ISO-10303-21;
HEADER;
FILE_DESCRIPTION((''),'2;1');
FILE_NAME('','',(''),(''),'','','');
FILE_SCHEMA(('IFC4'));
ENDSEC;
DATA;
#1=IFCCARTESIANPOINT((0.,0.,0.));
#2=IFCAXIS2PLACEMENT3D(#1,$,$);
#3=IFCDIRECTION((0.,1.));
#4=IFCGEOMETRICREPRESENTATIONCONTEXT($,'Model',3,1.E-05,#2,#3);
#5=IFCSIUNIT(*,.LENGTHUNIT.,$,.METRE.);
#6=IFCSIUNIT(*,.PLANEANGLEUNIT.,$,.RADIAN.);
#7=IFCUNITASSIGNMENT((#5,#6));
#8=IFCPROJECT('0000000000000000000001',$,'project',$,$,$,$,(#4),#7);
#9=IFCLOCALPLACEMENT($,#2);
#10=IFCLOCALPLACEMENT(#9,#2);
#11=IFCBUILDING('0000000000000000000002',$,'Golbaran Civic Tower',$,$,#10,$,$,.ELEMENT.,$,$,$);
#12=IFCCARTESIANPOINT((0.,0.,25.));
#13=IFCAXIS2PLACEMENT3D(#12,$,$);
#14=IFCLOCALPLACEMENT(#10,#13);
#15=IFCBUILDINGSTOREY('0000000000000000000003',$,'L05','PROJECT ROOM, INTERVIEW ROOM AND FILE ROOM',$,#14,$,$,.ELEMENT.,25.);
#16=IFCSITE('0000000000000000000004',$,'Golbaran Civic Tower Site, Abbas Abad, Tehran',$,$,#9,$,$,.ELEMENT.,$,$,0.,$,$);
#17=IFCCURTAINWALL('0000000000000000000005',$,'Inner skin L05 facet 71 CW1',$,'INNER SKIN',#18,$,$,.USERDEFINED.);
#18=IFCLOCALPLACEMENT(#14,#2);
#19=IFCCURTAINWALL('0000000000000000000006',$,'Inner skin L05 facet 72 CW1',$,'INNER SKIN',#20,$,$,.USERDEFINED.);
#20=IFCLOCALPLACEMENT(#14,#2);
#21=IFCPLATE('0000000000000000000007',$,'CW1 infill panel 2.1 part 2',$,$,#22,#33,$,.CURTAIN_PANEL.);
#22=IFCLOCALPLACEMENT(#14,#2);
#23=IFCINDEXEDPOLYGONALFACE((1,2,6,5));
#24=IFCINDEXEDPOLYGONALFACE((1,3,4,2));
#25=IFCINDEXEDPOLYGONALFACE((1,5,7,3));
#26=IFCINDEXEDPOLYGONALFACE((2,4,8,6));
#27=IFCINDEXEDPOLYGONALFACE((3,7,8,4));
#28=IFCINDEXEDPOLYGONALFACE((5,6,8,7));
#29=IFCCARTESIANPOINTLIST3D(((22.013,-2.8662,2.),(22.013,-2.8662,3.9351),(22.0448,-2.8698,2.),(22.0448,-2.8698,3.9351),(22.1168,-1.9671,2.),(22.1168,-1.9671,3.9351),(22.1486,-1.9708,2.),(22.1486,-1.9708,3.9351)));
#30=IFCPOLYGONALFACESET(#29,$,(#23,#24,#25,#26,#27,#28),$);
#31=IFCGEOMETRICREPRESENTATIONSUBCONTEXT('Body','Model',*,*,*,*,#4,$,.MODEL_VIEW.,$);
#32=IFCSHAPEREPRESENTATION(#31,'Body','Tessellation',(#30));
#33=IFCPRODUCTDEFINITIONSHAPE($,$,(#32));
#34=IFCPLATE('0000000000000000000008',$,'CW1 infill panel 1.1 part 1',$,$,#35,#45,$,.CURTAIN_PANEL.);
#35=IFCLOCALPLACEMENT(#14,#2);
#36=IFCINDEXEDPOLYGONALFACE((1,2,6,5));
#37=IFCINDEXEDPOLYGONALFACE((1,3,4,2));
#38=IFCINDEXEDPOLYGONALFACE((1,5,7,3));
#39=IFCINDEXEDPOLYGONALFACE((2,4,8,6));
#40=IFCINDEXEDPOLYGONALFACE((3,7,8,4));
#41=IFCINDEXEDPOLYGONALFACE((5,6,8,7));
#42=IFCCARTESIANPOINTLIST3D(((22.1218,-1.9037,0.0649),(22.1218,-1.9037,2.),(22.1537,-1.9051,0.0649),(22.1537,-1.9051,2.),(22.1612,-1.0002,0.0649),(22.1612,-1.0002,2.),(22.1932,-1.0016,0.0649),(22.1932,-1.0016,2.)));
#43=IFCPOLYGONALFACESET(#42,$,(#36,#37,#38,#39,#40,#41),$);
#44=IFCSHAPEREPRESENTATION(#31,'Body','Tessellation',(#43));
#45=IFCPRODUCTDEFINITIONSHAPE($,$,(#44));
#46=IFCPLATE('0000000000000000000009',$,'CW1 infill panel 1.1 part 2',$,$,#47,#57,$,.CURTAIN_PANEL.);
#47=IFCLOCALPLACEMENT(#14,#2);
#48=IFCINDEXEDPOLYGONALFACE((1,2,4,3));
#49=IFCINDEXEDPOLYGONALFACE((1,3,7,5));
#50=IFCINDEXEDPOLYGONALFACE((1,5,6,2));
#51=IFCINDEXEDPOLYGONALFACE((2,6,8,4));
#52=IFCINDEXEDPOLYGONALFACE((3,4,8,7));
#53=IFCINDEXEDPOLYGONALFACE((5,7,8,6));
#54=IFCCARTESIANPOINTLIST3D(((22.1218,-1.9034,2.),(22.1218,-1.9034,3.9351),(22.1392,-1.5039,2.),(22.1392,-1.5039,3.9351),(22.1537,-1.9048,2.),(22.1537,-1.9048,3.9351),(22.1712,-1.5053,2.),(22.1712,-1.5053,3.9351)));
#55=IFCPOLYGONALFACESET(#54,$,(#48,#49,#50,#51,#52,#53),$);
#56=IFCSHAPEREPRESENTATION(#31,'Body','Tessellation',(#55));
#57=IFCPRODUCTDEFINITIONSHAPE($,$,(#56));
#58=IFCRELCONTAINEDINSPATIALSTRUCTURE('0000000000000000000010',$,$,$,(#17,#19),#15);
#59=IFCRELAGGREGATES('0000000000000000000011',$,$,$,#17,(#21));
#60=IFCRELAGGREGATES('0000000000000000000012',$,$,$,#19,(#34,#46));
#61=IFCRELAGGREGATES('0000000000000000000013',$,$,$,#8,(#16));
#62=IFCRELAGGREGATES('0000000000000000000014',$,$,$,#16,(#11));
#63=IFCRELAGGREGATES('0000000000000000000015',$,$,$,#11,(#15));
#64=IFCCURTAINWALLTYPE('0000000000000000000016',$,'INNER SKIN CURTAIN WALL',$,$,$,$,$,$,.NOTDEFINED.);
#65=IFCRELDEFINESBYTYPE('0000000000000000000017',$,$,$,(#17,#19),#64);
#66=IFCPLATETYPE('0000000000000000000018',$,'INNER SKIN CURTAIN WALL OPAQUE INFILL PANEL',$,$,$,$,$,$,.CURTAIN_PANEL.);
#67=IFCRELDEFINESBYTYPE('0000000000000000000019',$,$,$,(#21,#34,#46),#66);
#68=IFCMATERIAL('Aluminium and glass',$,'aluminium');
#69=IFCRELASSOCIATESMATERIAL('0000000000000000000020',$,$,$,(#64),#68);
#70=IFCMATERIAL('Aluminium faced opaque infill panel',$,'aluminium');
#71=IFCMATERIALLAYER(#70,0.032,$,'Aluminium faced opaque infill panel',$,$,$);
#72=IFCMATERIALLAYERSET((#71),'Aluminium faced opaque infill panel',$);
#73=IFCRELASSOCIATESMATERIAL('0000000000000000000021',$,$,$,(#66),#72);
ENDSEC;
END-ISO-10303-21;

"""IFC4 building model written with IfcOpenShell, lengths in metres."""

from ifc_helpers import new_model, si_unit, direction, frame, origin, origin_2d, place, context, subcontext, project, spatial, rectangle, extrude, material, layer, layer_set, type_object, element, aggregate, save


model = new_model("IFC4")

# Units and contexts
model_context = context("Model", 3, precision=1e-05, world=origin(), true_north=direction((0.0, 1.0)))
body_context = subcontext(model_context, "Body", "Model", "MODEL_VIEW")
ifc_project = project(units=[si_unit("LENGTHUNIT", "METRE"), si_unit("PLANEANGLEUNIT", "RADIAN")], contexts=[model_context])

# Site, building, storey
site_placement = place(None, origin())
site = spatial("IfcSite", under=ifc_project, at=site_placement, Name="Golbaran Civic Tower Site, Abbas Abad, Tehran", CompositionType="ELEMENT", RefElevation=0.0)
building_placement = place(site_placement, origin())
building = spatial("IfcBuilding", under=site, at=building_placement, Name="Golbaran Civic Tower", CompositionType="ELEMENT")
storey_placement = place(building_placement, frame((0.0, 0.0, 25.0)))
storey = spatial("IfcBuildingStorey", under=building, at=storey_placement, Name="L05", Description="PROJECT ROOM, INTERVIEW ROOM AND FILE ROOM", CompositionType="ELEMENT", Elevation=25.0)

# Curtain wall
ifc_material_1 = material(Name="Aluminium and glass", Category="aluminium")
curtain_wall_type = type_object("IfcCurtainWallType", Name="INNER SKIN CURTAIN WALL", PredefinedType="NOTDEFINED", material=ifc_material_1)
curtain_wall_1_placement = place(storey_placement, origin())
curtain_wall_1 = element("IfcCurtainWall", 1, at=curtain_wall_1_placement, inside=storey, type_object=curtain_wall_type, Name="Inner skin L05 facet 71 CW1", ObjectType="INNER SKIN", PredefinedType="USERDEFINED")

# Curtain wall
curtain_wall_2_placement = place(storey_placement, origin())
curtain_wall_2 = element("IfcCurtainWall", 2, at=curtain_wall_2_placement, inside=storey, type_object=curtain_wall_type, Name="Inner skin L05 facet 72 CW1", ObjectType="INNER SKIN", PredefinedType="USERDEFINED")

# Plates
ifc_material_2 = material(Name="Aluminium faced opaque infill panel", Category="aluminium")
ifc_layer_1 = layer(ifc_material_2, 0.032, Name="Aluminium faced opaque infill panel")
ifc_layer_set_1 = layer_set([ifc_layer_1], Name="Aluminium faced opaque infill panel")
plate_type_1 = type_object("IfcPlateType", Name="INNER SKIN CURTAIN WALL OPAQUE INFILL PANEL", PredefinedType="CURTAIN_PANEL", material=ifc_layer_set_1)
plate_1_placement = place(storey_placement, frame((22.0808, -2.4185, 2.0), z_axis=(0.0, 0.0, 1.0), x_axis=(0.114683, 0.993402, 0.0)))
plate_1 = element("IfcPlate", 3, at=plate_1_placement, type_object=plate_type_1, Name="CW1 infill panel 2.1 part 2", PredefinedType="CURTAIN_PANEL", context=body_context, shape_type="SweptSolid", body=[
    extrude(rectangle(XDim=0.905, YDim=0.032, at=origin_2d()), origin(), (0.0, 0.0, 1.0), 1.9351),
])
aggregate(curtain_wall_1, [plate_1])
plate_2_placement = place(storey_placement, frame((22.1575, -1.4526, 0.0649), z_axis=(0.0, 0.0, 1.0), x_axis=(0.043619, 0.999048, 0.0)))
plate_2 = element("IfcPlate", 4, at=plate_2_placement, type_object=plate_type_1, Name="CW1 infill panel 1.1 part 1", PredefinedType="CURTAIN_PANEL", context=body_context, shape_type="SweptSolid", body=[
    extrude(rectangle(XDim=0.9043, YDim=0.032, at=origin_2d()), origin(), (0.0, 0.0, 1.0), 1.9351),
])
plate_3_placement = place(storey_placement, frame((22.1465, -1.7043, 2.0), z_axis=(0.0, 0.0, 1.0), x_axis=(0.043619, 0.999048, 0.0)))
plate_3 = element("IfcPlate", 5, at=plate_3_placement, type_object=plate_type_1, Name="CW1 infill panel 1.1 part 2", PredefinedType="CURTAIN_PANEL", context=body_context, shape_type="SweptSolid", body=[
    extrude(rectangle(XDim=0.3999, YDim=0.032, at=origin_2d()), origin(), (0.0, 0.0, 1.0), 1.9351),
])
aggregate(curtain_wall_2, [plate_2, plate_3])

save(model, "model.ifc")
